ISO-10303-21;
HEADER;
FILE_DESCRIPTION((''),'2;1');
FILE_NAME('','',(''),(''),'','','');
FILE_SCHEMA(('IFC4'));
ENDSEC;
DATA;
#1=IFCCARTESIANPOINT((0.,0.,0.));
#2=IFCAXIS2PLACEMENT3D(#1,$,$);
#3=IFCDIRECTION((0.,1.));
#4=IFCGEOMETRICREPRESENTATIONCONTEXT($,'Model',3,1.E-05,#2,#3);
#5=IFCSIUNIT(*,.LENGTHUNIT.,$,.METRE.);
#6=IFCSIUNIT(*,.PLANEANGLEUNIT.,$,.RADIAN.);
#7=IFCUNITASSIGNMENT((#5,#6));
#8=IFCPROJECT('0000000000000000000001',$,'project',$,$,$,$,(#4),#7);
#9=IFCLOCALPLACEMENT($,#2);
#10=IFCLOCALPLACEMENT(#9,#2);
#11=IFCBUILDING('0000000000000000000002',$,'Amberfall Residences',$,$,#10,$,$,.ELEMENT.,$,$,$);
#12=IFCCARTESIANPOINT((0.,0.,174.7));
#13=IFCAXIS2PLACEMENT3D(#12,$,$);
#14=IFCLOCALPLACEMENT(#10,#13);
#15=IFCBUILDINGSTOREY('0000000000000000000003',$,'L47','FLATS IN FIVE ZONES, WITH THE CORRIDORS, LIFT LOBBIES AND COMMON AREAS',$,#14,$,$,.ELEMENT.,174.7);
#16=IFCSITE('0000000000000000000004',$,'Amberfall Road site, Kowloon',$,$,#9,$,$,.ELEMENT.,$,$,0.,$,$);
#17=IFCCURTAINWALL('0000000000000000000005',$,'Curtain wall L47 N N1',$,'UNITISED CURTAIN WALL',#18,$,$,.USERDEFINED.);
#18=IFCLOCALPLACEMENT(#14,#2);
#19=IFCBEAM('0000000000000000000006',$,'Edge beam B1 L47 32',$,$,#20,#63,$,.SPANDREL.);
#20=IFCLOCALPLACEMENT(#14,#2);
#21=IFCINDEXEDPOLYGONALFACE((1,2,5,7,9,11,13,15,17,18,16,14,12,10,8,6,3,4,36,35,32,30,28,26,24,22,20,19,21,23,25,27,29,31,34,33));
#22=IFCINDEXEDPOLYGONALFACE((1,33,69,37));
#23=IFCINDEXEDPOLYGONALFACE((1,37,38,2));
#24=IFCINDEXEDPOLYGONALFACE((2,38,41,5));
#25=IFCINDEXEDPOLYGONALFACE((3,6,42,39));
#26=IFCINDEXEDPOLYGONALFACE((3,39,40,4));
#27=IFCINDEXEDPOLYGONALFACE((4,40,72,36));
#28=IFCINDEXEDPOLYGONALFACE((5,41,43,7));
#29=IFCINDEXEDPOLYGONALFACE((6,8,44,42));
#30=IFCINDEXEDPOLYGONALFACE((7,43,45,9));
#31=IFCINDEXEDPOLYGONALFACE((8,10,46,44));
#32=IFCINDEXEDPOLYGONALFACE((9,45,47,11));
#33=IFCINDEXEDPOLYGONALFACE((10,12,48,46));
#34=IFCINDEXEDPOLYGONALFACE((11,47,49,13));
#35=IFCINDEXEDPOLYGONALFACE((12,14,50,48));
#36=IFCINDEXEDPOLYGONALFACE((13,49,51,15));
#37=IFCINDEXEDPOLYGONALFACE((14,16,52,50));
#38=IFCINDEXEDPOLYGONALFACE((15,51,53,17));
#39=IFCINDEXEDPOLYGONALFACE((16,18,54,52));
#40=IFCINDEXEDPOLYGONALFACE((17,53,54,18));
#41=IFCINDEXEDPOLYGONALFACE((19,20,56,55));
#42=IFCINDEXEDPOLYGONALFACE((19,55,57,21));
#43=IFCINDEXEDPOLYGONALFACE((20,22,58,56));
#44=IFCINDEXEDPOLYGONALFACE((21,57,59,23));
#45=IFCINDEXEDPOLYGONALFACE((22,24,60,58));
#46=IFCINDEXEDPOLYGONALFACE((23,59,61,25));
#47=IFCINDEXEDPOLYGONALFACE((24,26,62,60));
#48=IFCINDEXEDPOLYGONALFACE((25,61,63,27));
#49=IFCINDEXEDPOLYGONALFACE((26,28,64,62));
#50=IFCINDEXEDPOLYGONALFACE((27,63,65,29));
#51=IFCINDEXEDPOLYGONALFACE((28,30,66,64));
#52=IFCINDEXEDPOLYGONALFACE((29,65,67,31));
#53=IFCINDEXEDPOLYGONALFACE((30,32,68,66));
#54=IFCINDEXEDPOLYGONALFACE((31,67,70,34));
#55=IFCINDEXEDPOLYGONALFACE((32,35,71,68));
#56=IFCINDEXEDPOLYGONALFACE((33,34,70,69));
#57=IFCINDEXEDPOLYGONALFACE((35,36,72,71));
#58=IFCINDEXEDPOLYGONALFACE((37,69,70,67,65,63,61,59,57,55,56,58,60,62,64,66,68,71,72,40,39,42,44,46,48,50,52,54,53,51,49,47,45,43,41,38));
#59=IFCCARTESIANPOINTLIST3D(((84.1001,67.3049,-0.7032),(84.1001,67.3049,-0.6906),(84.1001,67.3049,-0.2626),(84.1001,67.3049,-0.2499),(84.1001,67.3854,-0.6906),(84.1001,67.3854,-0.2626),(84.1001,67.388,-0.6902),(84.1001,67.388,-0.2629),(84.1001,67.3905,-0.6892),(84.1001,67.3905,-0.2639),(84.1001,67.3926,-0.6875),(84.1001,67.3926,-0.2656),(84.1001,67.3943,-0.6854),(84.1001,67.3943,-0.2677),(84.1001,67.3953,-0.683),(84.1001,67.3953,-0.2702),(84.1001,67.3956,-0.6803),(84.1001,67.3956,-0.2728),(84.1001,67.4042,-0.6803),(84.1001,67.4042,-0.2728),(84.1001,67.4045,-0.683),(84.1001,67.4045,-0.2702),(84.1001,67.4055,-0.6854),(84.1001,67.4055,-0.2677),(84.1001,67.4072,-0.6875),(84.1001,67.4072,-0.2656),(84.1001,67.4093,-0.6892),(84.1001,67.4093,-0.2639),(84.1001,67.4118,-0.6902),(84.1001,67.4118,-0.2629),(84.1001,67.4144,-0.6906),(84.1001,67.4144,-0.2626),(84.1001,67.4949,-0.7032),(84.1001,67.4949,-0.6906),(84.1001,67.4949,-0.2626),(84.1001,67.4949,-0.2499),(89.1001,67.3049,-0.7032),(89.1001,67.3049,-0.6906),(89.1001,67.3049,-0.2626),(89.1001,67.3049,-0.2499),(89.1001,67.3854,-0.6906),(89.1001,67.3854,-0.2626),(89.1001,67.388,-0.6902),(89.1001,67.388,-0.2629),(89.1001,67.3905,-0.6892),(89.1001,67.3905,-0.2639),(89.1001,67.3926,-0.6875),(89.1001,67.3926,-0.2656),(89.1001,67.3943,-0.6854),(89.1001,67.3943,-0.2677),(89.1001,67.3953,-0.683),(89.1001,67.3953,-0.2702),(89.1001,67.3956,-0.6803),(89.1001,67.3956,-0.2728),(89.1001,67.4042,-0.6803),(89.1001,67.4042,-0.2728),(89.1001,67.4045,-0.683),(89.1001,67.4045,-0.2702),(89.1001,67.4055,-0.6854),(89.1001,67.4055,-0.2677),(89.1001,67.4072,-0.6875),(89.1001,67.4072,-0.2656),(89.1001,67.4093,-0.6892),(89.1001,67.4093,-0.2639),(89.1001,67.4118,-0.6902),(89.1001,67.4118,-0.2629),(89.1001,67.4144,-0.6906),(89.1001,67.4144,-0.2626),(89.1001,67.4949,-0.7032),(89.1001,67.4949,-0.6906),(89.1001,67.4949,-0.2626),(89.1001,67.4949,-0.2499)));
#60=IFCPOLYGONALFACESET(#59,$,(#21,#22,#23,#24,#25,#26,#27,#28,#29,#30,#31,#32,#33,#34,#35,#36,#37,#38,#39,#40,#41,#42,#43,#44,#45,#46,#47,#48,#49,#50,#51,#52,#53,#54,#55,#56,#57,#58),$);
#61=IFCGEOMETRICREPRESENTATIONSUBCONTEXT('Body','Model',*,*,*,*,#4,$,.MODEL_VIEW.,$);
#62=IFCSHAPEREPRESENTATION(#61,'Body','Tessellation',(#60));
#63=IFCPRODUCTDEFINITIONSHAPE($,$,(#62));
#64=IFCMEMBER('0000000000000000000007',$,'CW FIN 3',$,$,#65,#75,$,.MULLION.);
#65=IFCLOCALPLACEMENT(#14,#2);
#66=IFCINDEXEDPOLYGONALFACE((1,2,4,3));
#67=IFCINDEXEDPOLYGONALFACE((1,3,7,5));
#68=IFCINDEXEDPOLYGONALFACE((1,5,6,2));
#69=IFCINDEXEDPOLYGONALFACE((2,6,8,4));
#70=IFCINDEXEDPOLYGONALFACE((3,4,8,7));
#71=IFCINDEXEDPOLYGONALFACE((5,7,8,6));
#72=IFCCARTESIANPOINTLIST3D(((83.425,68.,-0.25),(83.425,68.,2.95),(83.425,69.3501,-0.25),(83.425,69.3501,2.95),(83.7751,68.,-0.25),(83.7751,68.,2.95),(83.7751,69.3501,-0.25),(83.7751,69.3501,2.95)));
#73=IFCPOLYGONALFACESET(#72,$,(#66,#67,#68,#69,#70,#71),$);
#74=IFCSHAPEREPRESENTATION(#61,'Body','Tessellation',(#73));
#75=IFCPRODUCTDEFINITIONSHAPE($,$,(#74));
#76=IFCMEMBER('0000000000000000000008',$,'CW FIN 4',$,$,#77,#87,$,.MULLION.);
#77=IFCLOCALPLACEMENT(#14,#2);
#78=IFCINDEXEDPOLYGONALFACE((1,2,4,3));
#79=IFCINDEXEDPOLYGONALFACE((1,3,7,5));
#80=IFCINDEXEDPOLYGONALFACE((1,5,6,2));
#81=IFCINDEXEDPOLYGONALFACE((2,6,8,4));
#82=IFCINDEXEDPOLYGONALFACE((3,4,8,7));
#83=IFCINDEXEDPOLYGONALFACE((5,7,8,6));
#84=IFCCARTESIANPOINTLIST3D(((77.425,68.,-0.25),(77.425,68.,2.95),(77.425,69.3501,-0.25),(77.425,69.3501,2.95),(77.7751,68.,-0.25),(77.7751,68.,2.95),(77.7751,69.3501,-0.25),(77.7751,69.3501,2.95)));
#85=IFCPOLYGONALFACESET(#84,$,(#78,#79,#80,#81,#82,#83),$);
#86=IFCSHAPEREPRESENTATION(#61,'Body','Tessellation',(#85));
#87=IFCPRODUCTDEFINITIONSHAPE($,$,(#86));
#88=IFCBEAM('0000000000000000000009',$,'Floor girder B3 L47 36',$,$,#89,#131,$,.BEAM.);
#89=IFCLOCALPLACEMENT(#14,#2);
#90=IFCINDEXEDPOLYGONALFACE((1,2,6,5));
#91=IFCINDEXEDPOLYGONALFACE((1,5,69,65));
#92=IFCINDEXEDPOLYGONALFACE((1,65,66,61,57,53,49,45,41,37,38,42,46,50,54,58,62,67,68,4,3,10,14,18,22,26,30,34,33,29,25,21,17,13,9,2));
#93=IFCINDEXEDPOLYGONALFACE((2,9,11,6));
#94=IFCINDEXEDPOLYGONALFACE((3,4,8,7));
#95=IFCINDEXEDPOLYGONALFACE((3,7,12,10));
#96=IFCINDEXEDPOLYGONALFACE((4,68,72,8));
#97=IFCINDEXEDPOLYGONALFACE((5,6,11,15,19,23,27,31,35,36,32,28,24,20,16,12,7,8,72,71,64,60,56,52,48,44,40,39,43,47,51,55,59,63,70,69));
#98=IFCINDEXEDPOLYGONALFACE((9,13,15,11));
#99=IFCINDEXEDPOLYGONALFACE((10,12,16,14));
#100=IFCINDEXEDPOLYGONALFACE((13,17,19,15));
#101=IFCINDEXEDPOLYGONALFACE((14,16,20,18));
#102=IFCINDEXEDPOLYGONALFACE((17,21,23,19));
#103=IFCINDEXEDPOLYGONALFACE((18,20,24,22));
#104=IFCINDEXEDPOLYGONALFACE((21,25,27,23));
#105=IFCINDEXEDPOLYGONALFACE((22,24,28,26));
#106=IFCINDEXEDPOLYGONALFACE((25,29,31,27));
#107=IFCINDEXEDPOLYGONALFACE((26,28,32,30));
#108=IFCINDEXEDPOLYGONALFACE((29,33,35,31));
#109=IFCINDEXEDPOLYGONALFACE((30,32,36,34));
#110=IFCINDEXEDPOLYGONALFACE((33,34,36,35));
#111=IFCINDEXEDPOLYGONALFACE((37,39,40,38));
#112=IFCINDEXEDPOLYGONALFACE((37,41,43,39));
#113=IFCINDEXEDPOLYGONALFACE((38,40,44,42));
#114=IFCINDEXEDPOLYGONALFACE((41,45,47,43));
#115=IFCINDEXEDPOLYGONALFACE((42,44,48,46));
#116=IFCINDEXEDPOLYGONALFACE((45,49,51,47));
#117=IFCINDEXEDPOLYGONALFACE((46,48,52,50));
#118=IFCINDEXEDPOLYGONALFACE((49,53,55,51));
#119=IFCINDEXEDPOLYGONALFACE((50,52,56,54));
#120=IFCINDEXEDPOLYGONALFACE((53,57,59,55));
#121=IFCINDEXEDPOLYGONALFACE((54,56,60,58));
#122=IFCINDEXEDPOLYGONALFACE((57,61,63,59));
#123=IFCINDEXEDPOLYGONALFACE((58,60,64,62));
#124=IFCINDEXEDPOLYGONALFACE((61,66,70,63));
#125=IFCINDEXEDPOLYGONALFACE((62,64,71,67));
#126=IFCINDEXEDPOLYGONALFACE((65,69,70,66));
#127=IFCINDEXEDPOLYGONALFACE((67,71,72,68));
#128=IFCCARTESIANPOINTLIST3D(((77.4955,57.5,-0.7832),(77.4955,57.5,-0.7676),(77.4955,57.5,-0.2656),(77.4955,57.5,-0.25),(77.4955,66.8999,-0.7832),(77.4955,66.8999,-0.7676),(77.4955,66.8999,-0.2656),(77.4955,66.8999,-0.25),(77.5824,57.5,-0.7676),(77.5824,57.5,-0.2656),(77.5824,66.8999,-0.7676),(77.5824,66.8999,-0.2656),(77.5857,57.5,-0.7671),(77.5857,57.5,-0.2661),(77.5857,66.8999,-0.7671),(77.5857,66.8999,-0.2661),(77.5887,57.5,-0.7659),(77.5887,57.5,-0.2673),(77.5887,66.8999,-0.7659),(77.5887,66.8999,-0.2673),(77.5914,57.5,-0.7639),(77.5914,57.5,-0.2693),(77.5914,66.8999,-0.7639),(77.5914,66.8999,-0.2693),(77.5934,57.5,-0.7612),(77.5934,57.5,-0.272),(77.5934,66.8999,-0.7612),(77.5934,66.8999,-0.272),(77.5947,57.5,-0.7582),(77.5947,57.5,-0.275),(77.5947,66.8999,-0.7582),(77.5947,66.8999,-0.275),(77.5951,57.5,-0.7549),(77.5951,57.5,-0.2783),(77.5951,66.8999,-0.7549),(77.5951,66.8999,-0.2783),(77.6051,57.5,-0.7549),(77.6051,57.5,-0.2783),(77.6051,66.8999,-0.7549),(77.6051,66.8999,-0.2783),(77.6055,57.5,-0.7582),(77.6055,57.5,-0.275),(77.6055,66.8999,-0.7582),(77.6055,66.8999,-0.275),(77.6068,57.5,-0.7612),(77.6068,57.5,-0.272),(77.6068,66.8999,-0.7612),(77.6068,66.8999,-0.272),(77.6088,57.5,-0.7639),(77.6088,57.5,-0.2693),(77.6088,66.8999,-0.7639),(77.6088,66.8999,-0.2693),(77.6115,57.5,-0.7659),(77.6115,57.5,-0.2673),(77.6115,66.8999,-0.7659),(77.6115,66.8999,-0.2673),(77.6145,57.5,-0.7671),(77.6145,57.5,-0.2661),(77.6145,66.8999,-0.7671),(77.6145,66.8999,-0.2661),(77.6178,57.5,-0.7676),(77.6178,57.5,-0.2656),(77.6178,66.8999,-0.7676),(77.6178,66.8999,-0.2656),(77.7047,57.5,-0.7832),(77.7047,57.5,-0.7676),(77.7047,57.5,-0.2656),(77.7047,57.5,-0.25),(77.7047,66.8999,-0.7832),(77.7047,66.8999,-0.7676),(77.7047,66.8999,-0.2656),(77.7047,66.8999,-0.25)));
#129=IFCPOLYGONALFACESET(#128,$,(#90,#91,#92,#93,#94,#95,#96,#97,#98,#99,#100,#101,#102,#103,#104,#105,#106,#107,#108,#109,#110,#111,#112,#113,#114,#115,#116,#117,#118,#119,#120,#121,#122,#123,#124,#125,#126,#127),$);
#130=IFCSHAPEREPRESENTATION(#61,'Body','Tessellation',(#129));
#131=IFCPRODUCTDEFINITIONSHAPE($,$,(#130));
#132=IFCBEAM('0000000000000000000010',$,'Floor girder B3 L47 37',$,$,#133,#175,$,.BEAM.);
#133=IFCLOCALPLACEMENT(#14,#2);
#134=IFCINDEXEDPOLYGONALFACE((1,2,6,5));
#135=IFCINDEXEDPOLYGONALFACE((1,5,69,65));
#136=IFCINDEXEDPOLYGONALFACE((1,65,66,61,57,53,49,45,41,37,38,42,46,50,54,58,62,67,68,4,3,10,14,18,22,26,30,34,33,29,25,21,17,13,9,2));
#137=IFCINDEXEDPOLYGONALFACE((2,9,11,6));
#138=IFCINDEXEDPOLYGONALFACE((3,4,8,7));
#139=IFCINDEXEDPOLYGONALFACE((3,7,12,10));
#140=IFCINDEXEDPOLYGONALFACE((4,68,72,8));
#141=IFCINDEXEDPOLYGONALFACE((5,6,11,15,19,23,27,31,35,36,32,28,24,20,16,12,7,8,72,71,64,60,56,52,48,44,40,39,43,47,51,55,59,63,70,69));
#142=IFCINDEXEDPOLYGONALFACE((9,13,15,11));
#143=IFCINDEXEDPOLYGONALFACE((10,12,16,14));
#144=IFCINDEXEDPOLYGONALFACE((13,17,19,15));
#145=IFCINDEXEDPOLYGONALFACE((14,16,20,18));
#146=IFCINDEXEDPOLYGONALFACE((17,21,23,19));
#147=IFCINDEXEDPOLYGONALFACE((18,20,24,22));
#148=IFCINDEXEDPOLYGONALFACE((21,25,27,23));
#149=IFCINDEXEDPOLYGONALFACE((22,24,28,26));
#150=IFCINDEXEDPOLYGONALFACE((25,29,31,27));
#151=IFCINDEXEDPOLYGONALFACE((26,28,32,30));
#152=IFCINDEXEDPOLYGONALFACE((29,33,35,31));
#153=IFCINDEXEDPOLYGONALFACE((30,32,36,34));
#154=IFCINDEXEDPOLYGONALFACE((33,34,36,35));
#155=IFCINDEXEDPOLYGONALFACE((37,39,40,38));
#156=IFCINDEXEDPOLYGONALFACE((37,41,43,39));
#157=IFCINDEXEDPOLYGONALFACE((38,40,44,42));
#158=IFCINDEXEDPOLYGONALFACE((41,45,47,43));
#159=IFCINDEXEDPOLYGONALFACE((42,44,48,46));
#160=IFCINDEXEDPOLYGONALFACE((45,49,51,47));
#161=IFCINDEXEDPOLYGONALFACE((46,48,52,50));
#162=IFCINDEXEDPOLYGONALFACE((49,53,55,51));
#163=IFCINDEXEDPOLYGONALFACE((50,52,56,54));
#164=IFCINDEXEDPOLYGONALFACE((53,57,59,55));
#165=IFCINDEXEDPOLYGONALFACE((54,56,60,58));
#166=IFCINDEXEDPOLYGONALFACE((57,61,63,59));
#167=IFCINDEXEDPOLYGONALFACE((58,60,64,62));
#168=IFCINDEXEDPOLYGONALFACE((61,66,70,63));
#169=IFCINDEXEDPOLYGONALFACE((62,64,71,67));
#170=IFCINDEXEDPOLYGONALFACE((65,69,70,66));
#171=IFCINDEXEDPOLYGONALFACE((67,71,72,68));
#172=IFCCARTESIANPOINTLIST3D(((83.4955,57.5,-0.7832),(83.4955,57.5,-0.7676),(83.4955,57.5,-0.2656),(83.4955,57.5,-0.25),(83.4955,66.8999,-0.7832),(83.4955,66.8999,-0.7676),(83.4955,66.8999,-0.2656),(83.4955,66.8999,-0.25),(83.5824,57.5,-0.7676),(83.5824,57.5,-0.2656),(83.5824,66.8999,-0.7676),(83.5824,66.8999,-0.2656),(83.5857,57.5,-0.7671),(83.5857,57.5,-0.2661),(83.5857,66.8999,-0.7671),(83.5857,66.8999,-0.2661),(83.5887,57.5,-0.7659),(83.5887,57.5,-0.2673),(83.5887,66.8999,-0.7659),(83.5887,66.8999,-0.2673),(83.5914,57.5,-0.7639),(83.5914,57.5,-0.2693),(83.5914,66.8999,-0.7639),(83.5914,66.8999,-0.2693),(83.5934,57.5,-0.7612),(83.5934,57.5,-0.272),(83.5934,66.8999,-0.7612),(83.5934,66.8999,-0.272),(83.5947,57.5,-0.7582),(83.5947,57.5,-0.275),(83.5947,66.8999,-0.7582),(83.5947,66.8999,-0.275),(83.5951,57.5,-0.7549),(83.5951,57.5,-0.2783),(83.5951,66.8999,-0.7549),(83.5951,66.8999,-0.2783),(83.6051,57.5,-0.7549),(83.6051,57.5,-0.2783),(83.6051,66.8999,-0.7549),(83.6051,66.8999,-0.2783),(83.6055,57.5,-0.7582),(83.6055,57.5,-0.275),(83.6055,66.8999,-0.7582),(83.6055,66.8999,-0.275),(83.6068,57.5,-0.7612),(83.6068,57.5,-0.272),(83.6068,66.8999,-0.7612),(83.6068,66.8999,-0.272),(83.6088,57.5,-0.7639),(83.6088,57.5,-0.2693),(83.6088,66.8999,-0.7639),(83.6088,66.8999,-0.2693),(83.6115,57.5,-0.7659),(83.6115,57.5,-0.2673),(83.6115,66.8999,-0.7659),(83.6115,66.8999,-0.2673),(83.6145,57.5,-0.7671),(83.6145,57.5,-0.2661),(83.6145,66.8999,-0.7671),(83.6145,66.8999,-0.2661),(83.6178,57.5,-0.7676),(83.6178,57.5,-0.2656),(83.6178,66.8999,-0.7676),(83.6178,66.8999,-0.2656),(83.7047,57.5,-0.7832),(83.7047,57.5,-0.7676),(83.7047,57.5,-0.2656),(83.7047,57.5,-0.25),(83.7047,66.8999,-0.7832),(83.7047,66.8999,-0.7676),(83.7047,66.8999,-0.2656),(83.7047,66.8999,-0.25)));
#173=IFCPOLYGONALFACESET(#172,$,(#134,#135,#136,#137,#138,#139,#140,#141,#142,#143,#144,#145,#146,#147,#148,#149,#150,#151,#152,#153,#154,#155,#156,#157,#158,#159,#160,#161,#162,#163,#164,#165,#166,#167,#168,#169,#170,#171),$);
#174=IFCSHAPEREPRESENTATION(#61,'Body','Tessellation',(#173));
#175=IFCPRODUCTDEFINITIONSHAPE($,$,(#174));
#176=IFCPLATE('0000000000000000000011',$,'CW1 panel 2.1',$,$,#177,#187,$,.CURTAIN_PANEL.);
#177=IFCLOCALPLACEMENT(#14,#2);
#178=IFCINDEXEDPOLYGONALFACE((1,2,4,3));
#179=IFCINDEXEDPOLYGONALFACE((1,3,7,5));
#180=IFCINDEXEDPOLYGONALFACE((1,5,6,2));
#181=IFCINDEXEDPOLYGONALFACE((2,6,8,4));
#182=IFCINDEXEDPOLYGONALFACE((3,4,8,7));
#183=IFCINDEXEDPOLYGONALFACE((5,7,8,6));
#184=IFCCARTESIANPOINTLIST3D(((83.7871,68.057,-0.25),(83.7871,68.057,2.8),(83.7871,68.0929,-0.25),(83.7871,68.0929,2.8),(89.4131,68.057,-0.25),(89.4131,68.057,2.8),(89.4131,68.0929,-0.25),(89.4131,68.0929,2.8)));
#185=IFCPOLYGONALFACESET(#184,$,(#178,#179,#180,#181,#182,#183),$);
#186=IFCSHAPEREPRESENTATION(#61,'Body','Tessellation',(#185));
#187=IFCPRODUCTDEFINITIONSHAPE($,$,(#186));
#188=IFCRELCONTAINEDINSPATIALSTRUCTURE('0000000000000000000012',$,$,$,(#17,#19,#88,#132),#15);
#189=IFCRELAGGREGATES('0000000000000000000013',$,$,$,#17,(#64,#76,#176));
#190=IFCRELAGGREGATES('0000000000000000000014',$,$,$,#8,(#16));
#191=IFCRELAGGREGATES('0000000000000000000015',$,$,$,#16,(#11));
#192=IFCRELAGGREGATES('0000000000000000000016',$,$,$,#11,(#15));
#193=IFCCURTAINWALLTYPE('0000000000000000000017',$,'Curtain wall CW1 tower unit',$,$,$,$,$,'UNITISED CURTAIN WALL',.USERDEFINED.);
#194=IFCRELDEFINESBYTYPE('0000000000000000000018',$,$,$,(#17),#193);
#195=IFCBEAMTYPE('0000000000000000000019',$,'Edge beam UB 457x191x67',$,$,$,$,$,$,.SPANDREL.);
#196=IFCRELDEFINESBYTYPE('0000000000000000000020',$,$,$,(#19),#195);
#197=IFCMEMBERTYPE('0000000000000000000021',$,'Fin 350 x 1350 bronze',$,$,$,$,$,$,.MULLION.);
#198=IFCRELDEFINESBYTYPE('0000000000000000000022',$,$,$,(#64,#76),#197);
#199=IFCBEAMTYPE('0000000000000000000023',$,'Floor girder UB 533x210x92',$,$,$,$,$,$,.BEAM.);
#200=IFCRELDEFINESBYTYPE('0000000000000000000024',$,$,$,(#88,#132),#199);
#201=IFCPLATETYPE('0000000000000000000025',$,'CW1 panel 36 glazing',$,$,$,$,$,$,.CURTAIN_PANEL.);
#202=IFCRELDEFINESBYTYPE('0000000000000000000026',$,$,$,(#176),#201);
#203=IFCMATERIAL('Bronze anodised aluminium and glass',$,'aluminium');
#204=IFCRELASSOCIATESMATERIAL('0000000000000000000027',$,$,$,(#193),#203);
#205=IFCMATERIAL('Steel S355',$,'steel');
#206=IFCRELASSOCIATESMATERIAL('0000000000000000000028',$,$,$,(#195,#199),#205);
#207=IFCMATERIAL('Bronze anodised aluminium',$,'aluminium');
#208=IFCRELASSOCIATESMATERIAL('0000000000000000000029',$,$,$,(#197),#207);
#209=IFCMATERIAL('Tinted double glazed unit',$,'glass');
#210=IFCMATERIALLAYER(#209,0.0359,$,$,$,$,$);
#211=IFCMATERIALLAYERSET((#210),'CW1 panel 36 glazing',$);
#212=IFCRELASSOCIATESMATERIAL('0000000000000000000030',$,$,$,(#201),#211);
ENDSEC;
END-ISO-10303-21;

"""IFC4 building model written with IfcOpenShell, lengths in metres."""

from ifc_helpers import new_model, si_unit, direction, frame, origin, origin_2d, place, context, subcontext, project, spatial, rectangle, i_section, extrude, material, layer, layer_set, material_profile, profile_set, type_object, element, aggregate, save


model = new_model("IFC4")

# Units and contexts
model_context = context("Model", 3, precision=1e-05, world=origin(), true_north=direction((0.0, 1.0)))
body_context = subcontext(model_context, "Body", "Model", "MODEL_VIEW")
ifc_project = project(units=[si_unit("LENGTHUNIT", "METRE"), si_unit("PLANEANGLEUNIT", "RADIAN")], contexts=[model_context])

# Site, building, storey
site_placement = place(None, origin())
site = spatial("IfcSite", under=ifc_project, at=site_placement, Name="Amberfall Road site, Kowloon", CompositionType="ELEMENT", RefElevation=0.0)
building_placement = place(site_placement, origin())
building = spatial("IfcBuilding", under=site, at=building_placement, Name="Amberfall Residences", CompositionType="ELEMENT")
storey_placement = place(building_placement, frame((0.0, 0.0, 174.7)))
storey = spatial("IfcBuildingStorey", under=building, at=storey_placement, Name="L47", Description="FLATS IN FIVE ZONES, WITH THE CORRIDORS, LIFT LOBBIES AND COMMON AREAS", CompositionType="ELEMENT", Elevation=174.7)

# Curtain wall
ifc_material_1 = material(Name="Bronze anodised aluminium and glass", Category="aluminium")
curtain_wall_type = type_object("IfcCurtainWallType", Name="Curtain wall CW1 tower unit", ElementType="UNITISED CURTAIN WALL", PredefinedType="USERDEFINED", material=ifc_material_1)
curtain_wall_placement = place(storey_placement, origin())
curtain_wall = element("IfcCurtainWall", 1, at=curtain_wall_placement, inside=storey, type_object=curtain_wall_type, Name="Curtain wall L47 N N1", ObjectType="UNITISED CURTAIN WALL", PredefinedType="USERDEFINED")
ifc_material_2 = material(Name="Bronze anodised aluminium", Category="aluminium")

# Beam
ifc_material_3 = material(Name="Steel S355", Category="steel")
ifc_material_profile_1 = material_profile(ifc_material_3, i_section(OverallWidth=0.1899, OverallDepth=0.4534, WebThickness=0.0085, FlangeThickness=0.0127, FilletRadius=0.0103, at=origin_2d()), Name="UB 457x191x67")
ifc_profile_set_1 = profile_set([ifc_material_profile_1], Name="Steel S355")
beam_type_1 = type_object("IfcBeamType", Name="Edge beam UB 457x191x67", PredefinedType="SPANDREL", material=ifc_profile_set_1)
for number, where, z_axis, x_axis, name in (
    (2, (84.1001, 67.3999, -0.4766), (1.0, 0.0, 0.0), (0.0, 1.0, 0.0), "Edge beam B1 L47 32"),
):
    element("IfcBeam", number, at=place(storey_placement, frame(where, z_axis=z_axis, x_axis=x_axis)), inside=storey, type_object=beam_type_1, Name=name, PredefinedType="SPANDREL", context=body_context, shape_type="SweptSolid", body=[
        extrude(i_section(OverallWidth=0.1899, OverallDepth=0.4534, WebThickness=0.0085, FlangeThickness=0.0127, FilletRadius=0.0103, at=origin_2d()), origin(), (0.0, 0.0, 1.0), 5.0),
    ])

# Members
ifc_material_profile_2 = material_profile(ifc_material_2, rectangle(XDim=1.3501, YDim=0.3501, at=origin_2d()), Name="Fin 350 x 1350 bronze")
ifc_profile_set_2 = profile_set([ifc_material_profile_2], Name="Bronze anodised aluminium")
member_type_1 = type_object("IfcMemberType", Name="Fin 350 x 1350 bronze", PredefinedType="MULLION", material=ifc_profile_set_2)
member_1_placement = place(storey_placement, frame((83.6001, 68.675, -0.25), z_axis=(0.0, 0.0, 1.0), x_axis=(0.0, -1.0, 0.0)))
member_1 = element("IfcMember", 3, at=member_1_placement, type_object=member_type_1, Name="CW FIN 3", PredefinedType="MULLION", context=body_context, shape_type="SweptSolid", body=[
    extrude(rectangle(XDim=1.3501, YDim=0.3501, at=origin_2d()), origin(), (0.0, 0.0, 1.0), 3.2),
])
member_2_placement = place(storey_placement, frame((77.6001, 68.675, -0.25), z_axis=(0.0, 0.0, 1.0), x_axis=(0.0, -1.0, 0.0)))
member_2 = element("IfcMember", 4, at=member_2_placement, type_object=member_type_1, Name="CW FIN 4", PredefinedType="MULLION", context=body_context, shape_type="SweptSolid", body=[
    extrude(rectangle(XDim=1.3501, YDim=0.3501, at=origin_2d()), origin(), (0.0, 0.0, 1.0), 3.2),
])

# Beams
ifc_material_profile_3 = material_profile(ifc_material_3, i_section(OverallWidth=0.2092, OverallDepth=0.5332, WebThickness=0.01, FlangeThickness=0.0156, FilletRadius=0.0127, at=origin_2d()), Name="UB 533x210x92")
ifc_profile_set_3 = profile_set([ifc_material_profile_3], Name="Steel S355")
beam_type_2 = type_object("IfcBeamType", Name="Floor girder UB 533x210x92", PredefinedType="BEAM", material=ifc_profile_set_3)
for number, where, z_axis, x_axis, name in (
    (5, (77.6001, 66.8999, -0.5166), (0.0, -1.0, 0.0), (1.0, 0.0, 0.0), "Floor girder B3 L47 36"),
    (6, (83.6001, 66.8999, -0.5166), (0.0, -1.0, 0.0), (1.0, 0.0, 0.0), "Floor girder B3 L47 37"),
):
    element("IfcBeam", number, at=place(storey_placement, frame(where, z_axis=z_axis, x_axis=x_axis)), inside=storey, type_object=beam_type_2, Name=name, PredefinedType="BEAM", context=body_context, shape_type="SweptSolid", body=[
        extrude(i_section(OverallWidth=0.2092, OverallDepth=0.5332, WebThickness=0.01, FlangeThickness=0.0156, FilletRadius=0.0127, at=origin_2d()), origin(), (0.0, 0.0, 1.0), 9.3999),
    ])

# Plate
ifc_material_4 = material(Name="Tinted double glazed unit", Category="glass")
ifc_layer_1 = layer(ifc_material_4, 0.0359)
ifc_layer_set_1 = layer_set([ifc_layer_1], Name="CW1 panel 36 glazing")
plate_type = type_object("IfcPlateType", Name="CW1 panel 36 glazing", PredefinedType="CURTAIN_PANEL", material=ifc_layer_set_1)
plate_1_placement = place(storey_placement, frame((86.6001, 68.075, -0.25), z_axis=(0.0, 0.0, 1.0), x_axis=(-1.0, 0.0, 0.0)))
plate_1 = element("IfcPlate", 7, at=plate_1_placement, type_object=plate_type, Name="CW1 panel 2.1", PredefinedType="CURTAIN_PANEL", context=body_context, shape_type="SweptSolid", body=[
    extrude(rectangle(XDim=5.626, YDim=0.0359, at=origin_2d()), origin(), (0.0, 0.0, 1.0), 3.05),
])
aggregate(curtain_wall, [member_1, member_2, plate_1])

save(model, "model.ifc")
